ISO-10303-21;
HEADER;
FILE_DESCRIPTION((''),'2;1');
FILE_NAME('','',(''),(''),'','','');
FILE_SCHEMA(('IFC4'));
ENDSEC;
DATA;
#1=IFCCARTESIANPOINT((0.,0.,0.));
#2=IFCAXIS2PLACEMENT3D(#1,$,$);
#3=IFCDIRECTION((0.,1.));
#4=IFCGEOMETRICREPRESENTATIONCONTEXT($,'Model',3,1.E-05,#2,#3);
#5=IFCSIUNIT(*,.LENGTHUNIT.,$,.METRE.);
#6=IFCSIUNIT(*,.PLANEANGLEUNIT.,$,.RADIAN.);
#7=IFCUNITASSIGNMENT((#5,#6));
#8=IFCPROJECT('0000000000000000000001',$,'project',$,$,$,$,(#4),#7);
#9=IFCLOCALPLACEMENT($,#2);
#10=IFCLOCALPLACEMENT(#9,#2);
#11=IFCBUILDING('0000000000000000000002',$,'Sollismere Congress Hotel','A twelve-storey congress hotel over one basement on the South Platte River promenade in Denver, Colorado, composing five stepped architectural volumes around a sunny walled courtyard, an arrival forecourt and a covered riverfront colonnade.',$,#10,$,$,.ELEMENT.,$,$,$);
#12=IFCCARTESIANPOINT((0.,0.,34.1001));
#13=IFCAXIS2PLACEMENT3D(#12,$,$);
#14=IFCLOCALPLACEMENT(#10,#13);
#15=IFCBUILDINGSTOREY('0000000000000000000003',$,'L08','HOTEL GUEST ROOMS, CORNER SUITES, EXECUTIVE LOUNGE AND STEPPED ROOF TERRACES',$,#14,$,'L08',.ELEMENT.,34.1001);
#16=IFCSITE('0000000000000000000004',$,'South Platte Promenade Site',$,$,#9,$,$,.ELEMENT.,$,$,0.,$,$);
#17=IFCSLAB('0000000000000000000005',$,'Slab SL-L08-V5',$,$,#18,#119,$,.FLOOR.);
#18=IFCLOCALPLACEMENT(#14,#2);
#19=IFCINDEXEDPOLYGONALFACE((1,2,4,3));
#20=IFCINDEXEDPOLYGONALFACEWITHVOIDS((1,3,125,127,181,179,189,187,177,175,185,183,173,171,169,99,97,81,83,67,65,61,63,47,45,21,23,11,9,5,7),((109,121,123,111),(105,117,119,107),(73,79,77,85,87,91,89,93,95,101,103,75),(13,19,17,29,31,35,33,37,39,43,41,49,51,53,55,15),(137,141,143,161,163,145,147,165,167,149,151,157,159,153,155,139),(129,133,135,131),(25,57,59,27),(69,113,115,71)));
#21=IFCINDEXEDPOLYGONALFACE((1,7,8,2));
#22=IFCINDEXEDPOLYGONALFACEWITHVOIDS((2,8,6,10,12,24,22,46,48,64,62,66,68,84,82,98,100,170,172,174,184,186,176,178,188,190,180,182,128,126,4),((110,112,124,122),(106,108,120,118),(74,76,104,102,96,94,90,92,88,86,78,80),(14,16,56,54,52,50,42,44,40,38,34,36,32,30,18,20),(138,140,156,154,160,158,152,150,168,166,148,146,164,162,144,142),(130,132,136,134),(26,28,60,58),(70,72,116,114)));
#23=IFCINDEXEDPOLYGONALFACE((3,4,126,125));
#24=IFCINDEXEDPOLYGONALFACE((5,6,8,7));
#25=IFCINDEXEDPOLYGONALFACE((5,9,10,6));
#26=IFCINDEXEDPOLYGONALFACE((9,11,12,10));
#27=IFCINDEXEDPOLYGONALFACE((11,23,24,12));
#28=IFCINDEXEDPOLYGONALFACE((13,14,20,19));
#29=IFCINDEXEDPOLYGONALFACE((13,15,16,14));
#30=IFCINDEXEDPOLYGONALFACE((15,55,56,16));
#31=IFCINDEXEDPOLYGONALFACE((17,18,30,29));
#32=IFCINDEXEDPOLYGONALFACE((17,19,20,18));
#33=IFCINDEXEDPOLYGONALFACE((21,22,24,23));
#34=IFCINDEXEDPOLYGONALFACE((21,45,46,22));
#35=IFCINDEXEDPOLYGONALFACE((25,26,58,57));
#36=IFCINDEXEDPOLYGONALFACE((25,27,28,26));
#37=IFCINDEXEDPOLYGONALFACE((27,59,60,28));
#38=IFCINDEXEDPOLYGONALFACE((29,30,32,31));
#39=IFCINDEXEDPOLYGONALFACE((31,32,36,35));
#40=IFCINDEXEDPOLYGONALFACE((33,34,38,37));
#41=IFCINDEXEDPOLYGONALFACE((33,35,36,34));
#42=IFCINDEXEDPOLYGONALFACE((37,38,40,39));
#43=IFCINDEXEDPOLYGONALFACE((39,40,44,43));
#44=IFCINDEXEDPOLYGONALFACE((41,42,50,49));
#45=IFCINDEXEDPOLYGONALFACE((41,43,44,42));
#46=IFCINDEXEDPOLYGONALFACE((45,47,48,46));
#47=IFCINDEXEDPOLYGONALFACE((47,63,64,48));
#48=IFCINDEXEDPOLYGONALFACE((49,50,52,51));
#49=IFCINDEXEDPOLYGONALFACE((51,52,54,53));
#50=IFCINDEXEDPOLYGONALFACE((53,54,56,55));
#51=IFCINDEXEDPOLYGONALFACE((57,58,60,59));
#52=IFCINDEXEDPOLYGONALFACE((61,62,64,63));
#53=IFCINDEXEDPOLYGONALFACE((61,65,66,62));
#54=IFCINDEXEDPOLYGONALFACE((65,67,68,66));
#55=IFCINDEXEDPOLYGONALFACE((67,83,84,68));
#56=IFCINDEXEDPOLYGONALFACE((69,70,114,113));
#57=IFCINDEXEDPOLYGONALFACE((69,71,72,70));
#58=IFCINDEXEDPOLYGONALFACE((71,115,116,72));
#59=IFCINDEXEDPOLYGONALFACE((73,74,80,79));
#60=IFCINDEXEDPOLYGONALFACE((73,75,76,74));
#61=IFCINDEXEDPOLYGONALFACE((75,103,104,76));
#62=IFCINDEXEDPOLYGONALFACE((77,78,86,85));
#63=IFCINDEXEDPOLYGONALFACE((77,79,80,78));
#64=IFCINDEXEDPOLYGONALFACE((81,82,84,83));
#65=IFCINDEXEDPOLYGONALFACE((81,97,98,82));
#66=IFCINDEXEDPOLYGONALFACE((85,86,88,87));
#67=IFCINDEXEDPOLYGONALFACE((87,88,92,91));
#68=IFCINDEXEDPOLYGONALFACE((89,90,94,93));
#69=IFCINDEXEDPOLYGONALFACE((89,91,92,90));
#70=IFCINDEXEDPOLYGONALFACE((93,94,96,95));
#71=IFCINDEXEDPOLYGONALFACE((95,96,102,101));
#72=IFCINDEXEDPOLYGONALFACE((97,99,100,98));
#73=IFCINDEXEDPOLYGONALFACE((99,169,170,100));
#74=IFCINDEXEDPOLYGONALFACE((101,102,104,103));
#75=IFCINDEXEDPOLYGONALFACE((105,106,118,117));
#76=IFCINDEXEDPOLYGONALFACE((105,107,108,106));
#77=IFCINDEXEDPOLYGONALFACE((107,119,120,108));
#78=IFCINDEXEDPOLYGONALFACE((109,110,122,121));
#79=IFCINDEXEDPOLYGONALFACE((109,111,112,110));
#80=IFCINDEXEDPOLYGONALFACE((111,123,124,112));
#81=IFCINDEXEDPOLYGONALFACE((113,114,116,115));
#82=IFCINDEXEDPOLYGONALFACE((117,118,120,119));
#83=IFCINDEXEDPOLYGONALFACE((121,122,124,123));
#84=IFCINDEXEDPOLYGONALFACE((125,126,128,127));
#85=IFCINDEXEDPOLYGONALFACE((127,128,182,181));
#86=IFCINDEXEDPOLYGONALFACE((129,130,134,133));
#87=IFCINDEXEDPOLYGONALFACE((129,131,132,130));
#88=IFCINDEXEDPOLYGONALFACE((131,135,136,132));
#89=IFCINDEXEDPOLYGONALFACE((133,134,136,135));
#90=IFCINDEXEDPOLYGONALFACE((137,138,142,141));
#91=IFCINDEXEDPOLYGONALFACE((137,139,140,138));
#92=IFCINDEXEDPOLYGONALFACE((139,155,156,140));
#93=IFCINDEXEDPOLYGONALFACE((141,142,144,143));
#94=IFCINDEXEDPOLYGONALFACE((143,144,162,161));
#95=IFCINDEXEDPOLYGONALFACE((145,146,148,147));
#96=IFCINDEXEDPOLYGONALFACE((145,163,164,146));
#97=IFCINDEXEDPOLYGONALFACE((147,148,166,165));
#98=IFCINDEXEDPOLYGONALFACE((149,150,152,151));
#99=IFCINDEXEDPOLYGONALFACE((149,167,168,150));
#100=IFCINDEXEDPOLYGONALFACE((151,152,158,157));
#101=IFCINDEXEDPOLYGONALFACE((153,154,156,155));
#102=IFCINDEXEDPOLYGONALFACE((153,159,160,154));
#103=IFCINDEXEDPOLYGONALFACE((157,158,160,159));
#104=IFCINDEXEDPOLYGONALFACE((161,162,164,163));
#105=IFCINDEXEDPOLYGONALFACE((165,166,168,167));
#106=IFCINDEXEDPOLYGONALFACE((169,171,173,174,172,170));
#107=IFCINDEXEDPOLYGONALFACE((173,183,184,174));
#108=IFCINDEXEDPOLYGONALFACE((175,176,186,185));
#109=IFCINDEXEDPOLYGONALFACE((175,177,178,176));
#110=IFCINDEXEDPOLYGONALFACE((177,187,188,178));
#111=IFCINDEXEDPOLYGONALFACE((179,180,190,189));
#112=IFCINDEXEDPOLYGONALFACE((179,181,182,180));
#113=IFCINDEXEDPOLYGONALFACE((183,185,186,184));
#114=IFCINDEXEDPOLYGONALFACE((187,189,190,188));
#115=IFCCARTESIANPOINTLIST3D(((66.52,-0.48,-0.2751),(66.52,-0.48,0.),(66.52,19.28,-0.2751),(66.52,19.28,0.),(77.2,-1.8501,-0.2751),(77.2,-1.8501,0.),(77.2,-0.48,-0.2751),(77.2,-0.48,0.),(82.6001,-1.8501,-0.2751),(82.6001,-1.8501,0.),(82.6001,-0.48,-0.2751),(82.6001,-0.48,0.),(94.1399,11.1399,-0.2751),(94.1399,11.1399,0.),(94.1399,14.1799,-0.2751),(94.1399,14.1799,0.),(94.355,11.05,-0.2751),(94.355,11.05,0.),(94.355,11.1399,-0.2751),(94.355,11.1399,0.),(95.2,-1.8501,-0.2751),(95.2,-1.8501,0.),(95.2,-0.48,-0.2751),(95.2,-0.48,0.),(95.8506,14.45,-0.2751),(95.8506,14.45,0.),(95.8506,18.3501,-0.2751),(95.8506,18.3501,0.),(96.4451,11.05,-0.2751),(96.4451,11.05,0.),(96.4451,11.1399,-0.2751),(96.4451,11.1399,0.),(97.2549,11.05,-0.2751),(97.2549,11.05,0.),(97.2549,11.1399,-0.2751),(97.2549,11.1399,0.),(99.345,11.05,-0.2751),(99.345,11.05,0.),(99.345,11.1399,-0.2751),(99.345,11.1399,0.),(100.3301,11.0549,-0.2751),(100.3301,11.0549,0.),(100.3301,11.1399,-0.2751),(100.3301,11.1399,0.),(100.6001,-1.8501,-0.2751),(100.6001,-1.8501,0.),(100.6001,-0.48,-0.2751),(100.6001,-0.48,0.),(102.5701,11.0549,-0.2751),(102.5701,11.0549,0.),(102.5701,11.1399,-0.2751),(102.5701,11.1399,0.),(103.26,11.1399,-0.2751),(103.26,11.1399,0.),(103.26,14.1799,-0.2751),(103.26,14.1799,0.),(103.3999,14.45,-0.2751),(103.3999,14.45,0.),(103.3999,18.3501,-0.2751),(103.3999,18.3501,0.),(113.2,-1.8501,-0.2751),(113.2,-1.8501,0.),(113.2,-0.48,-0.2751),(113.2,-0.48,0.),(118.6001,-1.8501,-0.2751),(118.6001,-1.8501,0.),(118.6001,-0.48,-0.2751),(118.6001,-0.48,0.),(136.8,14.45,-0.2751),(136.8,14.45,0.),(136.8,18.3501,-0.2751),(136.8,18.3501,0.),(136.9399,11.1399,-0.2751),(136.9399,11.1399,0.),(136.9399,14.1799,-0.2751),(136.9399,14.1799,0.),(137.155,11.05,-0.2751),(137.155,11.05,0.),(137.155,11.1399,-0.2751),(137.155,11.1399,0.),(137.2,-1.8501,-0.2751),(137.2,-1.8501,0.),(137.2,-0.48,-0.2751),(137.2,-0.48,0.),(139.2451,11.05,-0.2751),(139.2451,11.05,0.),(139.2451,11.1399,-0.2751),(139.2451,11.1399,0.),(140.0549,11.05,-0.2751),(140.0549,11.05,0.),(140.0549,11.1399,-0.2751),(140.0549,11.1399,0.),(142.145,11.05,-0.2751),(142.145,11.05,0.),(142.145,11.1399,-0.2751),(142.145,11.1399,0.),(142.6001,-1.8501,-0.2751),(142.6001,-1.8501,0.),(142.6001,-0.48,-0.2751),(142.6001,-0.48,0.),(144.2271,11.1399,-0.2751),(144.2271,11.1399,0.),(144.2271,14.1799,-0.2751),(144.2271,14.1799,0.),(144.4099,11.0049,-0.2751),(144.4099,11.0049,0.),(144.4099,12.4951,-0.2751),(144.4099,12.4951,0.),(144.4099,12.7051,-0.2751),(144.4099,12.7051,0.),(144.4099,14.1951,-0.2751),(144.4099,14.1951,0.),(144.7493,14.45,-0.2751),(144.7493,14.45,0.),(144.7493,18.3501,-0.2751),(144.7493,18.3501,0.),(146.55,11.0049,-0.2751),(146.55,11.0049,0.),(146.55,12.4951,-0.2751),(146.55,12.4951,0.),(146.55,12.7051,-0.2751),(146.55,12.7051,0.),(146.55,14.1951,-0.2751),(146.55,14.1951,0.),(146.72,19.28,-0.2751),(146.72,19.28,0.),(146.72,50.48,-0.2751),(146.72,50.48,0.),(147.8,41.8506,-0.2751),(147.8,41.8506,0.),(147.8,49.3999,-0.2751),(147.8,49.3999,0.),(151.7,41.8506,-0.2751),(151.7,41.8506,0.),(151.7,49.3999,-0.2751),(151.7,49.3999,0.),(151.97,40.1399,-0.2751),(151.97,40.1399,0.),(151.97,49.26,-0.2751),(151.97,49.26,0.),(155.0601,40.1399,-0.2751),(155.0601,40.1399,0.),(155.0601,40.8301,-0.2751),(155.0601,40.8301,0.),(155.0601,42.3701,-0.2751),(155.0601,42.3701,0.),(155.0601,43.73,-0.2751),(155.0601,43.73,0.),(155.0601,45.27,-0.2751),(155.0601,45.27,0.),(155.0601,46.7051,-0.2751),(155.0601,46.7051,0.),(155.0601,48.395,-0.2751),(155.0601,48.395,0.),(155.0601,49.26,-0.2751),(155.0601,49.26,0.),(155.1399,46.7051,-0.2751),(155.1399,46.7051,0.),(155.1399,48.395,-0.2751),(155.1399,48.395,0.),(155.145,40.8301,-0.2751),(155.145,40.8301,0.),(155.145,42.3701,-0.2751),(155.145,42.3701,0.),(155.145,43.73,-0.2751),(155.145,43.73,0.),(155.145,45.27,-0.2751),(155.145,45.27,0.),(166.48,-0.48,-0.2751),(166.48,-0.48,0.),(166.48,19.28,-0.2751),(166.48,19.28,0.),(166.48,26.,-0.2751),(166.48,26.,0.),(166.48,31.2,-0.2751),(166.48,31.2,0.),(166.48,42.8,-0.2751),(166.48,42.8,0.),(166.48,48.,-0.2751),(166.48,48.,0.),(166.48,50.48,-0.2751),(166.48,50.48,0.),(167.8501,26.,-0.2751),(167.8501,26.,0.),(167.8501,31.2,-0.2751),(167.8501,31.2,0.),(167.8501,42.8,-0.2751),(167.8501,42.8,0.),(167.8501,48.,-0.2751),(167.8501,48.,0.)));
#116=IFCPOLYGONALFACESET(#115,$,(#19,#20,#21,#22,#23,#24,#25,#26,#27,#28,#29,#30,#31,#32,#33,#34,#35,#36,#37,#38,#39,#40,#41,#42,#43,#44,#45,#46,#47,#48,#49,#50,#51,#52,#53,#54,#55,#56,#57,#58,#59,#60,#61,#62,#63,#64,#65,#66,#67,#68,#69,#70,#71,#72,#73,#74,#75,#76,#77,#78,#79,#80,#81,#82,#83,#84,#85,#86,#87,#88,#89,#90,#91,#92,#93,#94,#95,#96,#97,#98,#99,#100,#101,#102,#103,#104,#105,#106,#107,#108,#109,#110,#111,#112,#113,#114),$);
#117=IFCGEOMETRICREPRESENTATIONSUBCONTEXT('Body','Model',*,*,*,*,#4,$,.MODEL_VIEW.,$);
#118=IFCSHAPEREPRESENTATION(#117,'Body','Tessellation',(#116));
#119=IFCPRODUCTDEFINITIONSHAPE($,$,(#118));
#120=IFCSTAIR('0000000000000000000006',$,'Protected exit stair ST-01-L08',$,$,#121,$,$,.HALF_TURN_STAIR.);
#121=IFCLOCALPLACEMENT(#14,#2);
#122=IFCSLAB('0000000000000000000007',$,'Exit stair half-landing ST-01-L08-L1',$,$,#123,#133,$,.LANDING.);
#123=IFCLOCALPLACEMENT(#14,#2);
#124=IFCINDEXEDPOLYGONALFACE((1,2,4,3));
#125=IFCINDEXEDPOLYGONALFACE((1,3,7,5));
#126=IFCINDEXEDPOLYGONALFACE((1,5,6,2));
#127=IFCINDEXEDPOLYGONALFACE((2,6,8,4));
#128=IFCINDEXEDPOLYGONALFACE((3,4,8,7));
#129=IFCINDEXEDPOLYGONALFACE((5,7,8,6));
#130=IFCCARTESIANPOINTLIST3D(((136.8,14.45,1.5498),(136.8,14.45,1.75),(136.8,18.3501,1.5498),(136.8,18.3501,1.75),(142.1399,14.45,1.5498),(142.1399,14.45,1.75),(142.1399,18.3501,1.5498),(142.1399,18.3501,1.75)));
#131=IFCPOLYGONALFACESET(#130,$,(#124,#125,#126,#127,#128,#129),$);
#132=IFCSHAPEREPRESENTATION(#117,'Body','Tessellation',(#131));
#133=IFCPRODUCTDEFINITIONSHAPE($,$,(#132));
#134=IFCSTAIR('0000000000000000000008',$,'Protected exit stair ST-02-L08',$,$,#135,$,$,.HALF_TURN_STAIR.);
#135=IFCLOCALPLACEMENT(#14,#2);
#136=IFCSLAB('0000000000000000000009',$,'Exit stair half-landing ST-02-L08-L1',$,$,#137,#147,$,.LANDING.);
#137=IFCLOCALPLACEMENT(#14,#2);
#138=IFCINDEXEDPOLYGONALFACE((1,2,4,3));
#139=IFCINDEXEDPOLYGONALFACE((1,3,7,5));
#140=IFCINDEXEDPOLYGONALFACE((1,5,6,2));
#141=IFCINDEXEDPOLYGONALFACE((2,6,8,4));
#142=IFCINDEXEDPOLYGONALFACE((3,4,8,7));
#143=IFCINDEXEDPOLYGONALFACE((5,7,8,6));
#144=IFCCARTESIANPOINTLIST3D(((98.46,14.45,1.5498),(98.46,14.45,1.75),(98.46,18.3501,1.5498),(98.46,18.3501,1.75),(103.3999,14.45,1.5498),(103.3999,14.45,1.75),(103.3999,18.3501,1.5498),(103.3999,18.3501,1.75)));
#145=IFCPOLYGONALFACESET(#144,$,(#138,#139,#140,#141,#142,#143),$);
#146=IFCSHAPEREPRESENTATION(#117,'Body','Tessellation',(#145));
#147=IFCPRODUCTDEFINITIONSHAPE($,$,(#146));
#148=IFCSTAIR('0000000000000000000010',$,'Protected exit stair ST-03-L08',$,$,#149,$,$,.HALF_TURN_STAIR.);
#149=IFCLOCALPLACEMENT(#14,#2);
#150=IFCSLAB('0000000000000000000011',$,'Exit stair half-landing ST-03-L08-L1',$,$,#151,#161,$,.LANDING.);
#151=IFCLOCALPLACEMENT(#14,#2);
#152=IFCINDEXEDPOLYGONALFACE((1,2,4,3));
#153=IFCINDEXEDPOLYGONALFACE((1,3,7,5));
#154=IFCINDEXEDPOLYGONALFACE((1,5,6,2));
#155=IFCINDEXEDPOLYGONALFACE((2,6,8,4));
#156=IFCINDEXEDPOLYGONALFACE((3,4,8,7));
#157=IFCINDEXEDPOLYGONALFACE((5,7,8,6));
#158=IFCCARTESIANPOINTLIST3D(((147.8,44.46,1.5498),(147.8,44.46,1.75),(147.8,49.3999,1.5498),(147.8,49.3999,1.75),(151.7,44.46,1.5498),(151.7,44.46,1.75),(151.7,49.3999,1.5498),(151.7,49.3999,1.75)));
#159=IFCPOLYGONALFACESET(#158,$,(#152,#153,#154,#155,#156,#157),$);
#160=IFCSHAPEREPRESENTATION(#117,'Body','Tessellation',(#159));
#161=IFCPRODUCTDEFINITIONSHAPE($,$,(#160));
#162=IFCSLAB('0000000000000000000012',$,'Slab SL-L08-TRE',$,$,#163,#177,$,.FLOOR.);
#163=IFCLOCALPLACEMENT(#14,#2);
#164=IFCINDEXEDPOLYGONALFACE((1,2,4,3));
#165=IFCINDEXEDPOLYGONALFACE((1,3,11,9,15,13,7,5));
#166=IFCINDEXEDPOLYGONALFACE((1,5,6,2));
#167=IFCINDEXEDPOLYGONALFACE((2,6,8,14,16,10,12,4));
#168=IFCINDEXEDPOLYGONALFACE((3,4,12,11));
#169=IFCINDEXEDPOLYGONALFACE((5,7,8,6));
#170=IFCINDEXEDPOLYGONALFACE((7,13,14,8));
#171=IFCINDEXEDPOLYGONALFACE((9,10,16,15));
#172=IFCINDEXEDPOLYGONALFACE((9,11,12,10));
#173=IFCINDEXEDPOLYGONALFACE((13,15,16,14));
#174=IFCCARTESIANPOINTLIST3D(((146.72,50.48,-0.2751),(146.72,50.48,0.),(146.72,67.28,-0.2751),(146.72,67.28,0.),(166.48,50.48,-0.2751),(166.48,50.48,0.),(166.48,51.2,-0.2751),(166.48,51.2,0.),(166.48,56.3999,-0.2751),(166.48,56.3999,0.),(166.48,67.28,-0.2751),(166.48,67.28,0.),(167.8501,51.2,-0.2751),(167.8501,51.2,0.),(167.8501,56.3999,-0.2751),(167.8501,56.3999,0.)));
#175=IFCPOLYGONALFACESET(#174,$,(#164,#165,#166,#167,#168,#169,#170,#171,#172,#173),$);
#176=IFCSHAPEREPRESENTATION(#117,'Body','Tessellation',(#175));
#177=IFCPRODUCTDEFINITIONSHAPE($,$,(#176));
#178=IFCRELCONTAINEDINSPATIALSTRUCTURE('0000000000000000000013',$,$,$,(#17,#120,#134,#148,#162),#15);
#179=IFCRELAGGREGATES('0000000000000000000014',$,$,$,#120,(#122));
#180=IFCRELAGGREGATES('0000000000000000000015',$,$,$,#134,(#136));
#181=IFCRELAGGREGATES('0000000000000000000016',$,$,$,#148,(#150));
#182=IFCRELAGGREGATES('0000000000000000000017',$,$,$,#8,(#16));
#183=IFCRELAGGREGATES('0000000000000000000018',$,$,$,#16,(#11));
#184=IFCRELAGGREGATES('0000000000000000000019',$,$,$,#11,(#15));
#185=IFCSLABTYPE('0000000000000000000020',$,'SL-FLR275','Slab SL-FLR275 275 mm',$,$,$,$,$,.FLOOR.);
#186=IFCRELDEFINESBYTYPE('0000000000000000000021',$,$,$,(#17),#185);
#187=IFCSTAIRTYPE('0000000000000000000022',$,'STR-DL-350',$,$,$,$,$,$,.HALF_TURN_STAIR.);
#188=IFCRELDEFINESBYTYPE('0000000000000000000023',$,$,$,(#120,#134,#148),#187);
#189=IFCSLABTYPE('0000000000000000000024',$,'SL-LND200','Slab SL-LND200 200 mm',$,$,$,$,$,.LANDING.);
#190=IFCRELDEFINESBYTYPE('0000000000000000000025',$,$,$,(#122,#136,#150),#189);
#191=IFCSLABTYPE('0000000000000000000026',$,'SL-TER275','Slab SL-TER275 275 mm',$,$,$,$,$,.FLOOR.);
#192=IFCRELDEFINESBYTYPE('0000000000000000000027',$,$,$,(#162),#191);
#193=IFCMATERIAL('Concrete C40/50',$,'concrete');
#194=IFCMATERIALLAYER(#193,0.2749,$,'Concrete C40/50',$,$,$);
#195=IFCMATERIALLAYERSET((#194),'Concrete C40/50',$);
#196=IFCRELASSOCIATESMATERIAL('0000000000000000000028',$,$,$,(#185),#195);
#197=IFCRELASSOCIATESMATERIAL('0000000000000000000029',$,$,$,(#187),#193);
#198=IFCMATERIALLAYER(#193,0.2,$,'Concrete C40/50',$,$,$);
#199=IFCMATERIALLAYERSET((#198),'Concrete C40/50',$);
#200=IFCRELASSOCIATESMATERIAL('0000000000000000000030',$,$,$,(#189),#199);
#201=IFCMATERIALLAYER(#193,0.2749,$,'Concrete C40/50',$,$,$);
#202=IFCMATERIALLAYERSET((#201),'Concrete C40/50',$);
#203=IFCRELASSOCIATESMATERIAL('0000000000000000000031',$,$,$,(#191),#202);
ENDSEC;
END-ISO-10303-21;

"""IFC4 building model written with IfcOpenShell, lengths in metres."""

from ifc_helpers import new_model, si_unit, direction, frame, origin, place, context, subcontext, project, spatial, polyline, outline, extrude, material, layer, layer_set, type_object, element, aggregate, save


model = new_model("IFC4")

# Units and contexts
model_context = context("Model", 3, precision=1e-05, world=origin(), true_north=direction((0.0, 1.0)))
body_context = subcontext(model_context, "Body", "Model", "MODEL_VIEW")
ifc_project = project(units=[si_unit("LENGTHUNIT", "METRE"), si_unit("PLANEANGLEUNIT", "RADIAN")], contexts=[model_context])

# Site, building, storey
site_placement = place(None, origin())
site = spatial("IfcSite", under=ifc_project, at=site_placement, Name="South Platte Promenade Site", CompositionType="ELEMENT", RefElevation=0.0)
building_placement = place(site_placement, origin())
building = spatial("IfcBuilding", under=site, at=building_placement, Name="Sollismere Congress Hotel", Description="A twelve-storey congress hotel over one basement on the South Platte River promenade in Denver, Colorado, composing five stepped architectural volumes around a sunny walled courtyard, an arrival forecourt and a covered riverfront colonnade.", CompositionType="ELEMENT")
storey_placement = place(building_placement, frame((0.0, 0.0, 34.1001)))
storey = spatial("IfcBuildingStorey", under=building, at=storey_placement, Name="L08", Description="HOTEL GUEST ROOMS, CORNER SUITES, EXECUTIVE LOUNGE AND STEPPED ROOF TERRACES", LongName="L08", CompositionType="ELEMENT", Elevation=34.1001)

# Slab
ifc_material_1 = material(Name="Concrete C40/50", Category="concrete")
ifc_layer_1 = layer(ifc_material_1, 0.2749, Name="Concrete C40/50")
ifc_layer_set_1 = layer_set([ifc_layer_1], Name="Concrete C40/50")
slab_type_1 = type_object("IfcSlabType", Name="SL-FLR275", Description="Slab SL-FLR275 275 mm", PredefinedType="FLOOR", material=ifc_layer_set_1)
slab_1_placement = place(storey_placement, frame((0.0, 0.0, -0.2751)))
element("IfcSlab", 1, at=slab_1_placement, inside=storey, type_object=slab_type_1, Name="Slab SL-L08-V5", PredefinedType="FLOOR", context=body_context, shape_type="SweptSolid", body=[
    extrude(outline(polyline([(77.2, -0.48), (77.2, -1.8501), (82.6001, -1.8501), (82.6001, -0.48), (95.2, -0.48), (95.2, -1.8501), (100.6001, -1.8501), (100.6001, -0.48), (113.2, -0.48), (113.2, -1.8501), (118.6001, -1.8501), (118.6001, -0.48), (137.2, -0.48), (137.2, -1.8501), (142.6001, -1.8501), (142.6001, -0.48), (166.48, -0.48), (166.48, 19.28), (166.48, 26.0), (167.8501, 26.0), (167.8501, 31.2), (166.48, 31.2), (166.48, 42.8), (167.8501, 42.8), (167.8501, 48.0), (166.48, 48.0), (166.48, 50.48), (146.72, 50.48), (146.72, 19.28), (66.52, 19.28), (66.52, -0.48), (77.2, -0.48)]), holes=[polyline([(94.355, 11.05), (94.355, 11.1399), (94.1399, 11.1399), (94.1399, 14.1799), (103.26, 14.1799), (103.26, 11.1399), (102.5701, 11.1399), (102.5701, 11.0549), (100.3301, 11.0549), (100.3301, 11.1399), (99.345, 11.1399), (99.345, 11.05), (97.2549, 11.05), (97.2549, 11.1399), (96.4451, 11.1399), (96.4451, 11.05), (94.355, 11.05)]), polyline([(137.155, 11.05), (137.155, 11.1399), (136.9399, 11.1399), (136.9399, 14.1799), (144.2271, 14.1799), (144.2271, 11.1399), (142.145, 11.1399), (142.145, 11.05), (140.0549, 11.05), (140.0549, 11.1399), (139.2451, 11.1399), (139.2451, 11.05), (137.155, 11.05)]), polyline([(95.8506, 14.45), (95.8506, 18.3501), (103.3999, 18.3501), (103.3999, 14.45), (95.8506, 14.45)]), polyline([(144.7493, 18.3501), (144.7493, 14.45), (136.8, 14.45), (136.8, 18.3501), (144.7493, 18.3501)]), polyline([(146.55, 11.0049), (144.4099, 11.0049), (144.4099, 12.4951), (146.55, 12.4951), (146.55, 11.0049)]), polyline([(146.55, 12.7051), (144.4099, 12.7051), (144.4099, 14.1951), (146.55, 14.1951), (146.55, 12.7051)]), polyline([(155.145, 40.8301), (155.0601, 40.8301), (155.0601, 40.1399), (151.97, 40.1399), (151.97, 49.26), (155.0601, 49.26), (155.0601, 48.395), (155.1399, 48.395), (155.1399, 46.7051), (155.0601, 46.7051), (155.0601, 45.27), (155.145, 45.27), (155.145, 43.73), (155.0601, 43.73), (155.0601, 42.3701), (155.145, 42.3701), (155.145, 40.8301)]), polyline([(151.7, 41.8506), (147.8, 41.8506), (147.8, 49.3999), (151.7, 49.3999), (151.7, 41.8506)])]), origin(), (0.0, 0.0, 1.0), 0.2751),
])

# Stairs, slabs
stair_type = type_object("IfcStairType", Name="STR-DL-350", PredefinedType="HALF_TURN_STAIR", material=ifc_material_1)
stair_1_placement = place(storey_placement, origin())
stair_1 = element("IfcStair", 2, at=stair_1_placement, inside=storey, type_object=stair_type, Name="Protected exit stair ST-01-L08", PredefinedType="HALF_TURN_STAIR")
ifc_layer_2 = layer(ifc_material_1, 0.2, Name="Concrete C40/50")
ifc_layer_set_2 = layer_set([ifc_layer_2], Name="Concrete C40/50")
slab_type_2 = type_object("IfcSlabType", Name="SL-LND200", Description="Slab SL-LND200 200 mm", PredefinedType="LANDING", material=ifc_layer_set_2)
slab_2_placement = place(storey_placement, frame((0.0, 0.0, 1.5498)))
slab_2 = element("IfcSlab", 3, at=slab_2_placement, type_object=slab_type_2, Name="Exit stair half-landing ST-01-L08-L1", PredefinedType="LANDING", context=body_context, shape_type="SweptSolid", body=[
    extrude(outline(polyline([(142.1399, 18.3501), (136.8, 18.3501), (136.8, 14.45), (142.1399, 14.45), (142.1399, 18.3501)])), origin(), (0.0, 0.0, 1.0), 0.2002),
])
aggregate(stair_1, [slab_2])
stair_2_placement = place(storey_placement, origin())
stair_2 = element("IfcStair", 4, at=stair_2_placement, inside=storey, type_object=stair_type, Name="Protected exit stair ST-02-L08", PredefinedType="HALF_TURN_STAIR")
slab_3_placement = place(storey_placement, frame((0.0, 0.0, 1.5498)))
slab_3 = element("IfcSlab", 5, at=slab_3_placement, type_object=slab_type_2, Name="Exit stair half-landing ST-02-L08-L1", PredefinedType="LANDING", context=body_context, shape_type="SweptSolid", body=[
    extrude(outline(polyline([(98.46, 14.45), (103.3999, 14.45), (103.3999, 18.3501), (98.46, 18.3501), (98.46, 14.45)])), origin(), (0.0, 0.0, 1.0), 0.2002),
])
aggregate(stair_2, [slab_3])
stair_3_placement = place(storey_placement, origin())
stair_3 = element("IfcStair", 6, at=stair_3_placement, inside=storey, type_object=stair_type, Name="Protected exit stair ST-03-L08", PredefinedType="HALF_TURN_STAIR")
slab_4_placement = place(storey_placement, frame((0.0, 0.0, 1.5498)))
slab_4 = element("IfcSlab", 7, at=slab_4_placement, type_object=slab_type_2, Name="Exit stair half-landing ST-03-L08-L1", PredefinedType="LANDING", context=body_context, shape_type="SweptSolid", body=[
    extrude(outline(polyline([(151.7, 44.46), (151.7, 49.3999), (147.8, 49.3999), (147.8, 44.46), (151.7, 44.46)])), origin(), (0.0, 0.0, 1.0), 0.2002),
])
aggregate(stair_3, [slab_4])

# Slab
ifc_layer_3 = layer(ifc_material_1, 0.2749, Name="Concrete C40/50")
ifc_layer_set_3 = layer_set([ifc_layer_3], Name="Concrete C40/50")
slab_type_3 = type_object("IfcSlabType", Name="SL-TER275", Description="Slab SL-TER275 275 mm", PredefinedType="FLOOR", material=ifc_layer_set_3)
slab_5_placement = place(storey_placement, frame((0.0, 0.0, -0.2751)))
element("IfcSlab", 8, at=slab_5_placement, inside=storey, type_object=slab_type_3, Name="Slab SL-L08-TRE", PredefinedType="FLOOR", context=body_context, shape_type="SweptSolid", body=[
    extrude(outline(polyline([(166.48, 56.3999), (166.48, 67.28), (146.72, 67.28), (146.72, 50.48), (166.48, 50.48), (166.48, 51.2), (167.8501, 51.2), (167.8501, 56.3999), (166.48, 56.3999)])), origin(), (0.0, 0.0, 1.0), 0.2751),
])

save(model, "model.ifc")
